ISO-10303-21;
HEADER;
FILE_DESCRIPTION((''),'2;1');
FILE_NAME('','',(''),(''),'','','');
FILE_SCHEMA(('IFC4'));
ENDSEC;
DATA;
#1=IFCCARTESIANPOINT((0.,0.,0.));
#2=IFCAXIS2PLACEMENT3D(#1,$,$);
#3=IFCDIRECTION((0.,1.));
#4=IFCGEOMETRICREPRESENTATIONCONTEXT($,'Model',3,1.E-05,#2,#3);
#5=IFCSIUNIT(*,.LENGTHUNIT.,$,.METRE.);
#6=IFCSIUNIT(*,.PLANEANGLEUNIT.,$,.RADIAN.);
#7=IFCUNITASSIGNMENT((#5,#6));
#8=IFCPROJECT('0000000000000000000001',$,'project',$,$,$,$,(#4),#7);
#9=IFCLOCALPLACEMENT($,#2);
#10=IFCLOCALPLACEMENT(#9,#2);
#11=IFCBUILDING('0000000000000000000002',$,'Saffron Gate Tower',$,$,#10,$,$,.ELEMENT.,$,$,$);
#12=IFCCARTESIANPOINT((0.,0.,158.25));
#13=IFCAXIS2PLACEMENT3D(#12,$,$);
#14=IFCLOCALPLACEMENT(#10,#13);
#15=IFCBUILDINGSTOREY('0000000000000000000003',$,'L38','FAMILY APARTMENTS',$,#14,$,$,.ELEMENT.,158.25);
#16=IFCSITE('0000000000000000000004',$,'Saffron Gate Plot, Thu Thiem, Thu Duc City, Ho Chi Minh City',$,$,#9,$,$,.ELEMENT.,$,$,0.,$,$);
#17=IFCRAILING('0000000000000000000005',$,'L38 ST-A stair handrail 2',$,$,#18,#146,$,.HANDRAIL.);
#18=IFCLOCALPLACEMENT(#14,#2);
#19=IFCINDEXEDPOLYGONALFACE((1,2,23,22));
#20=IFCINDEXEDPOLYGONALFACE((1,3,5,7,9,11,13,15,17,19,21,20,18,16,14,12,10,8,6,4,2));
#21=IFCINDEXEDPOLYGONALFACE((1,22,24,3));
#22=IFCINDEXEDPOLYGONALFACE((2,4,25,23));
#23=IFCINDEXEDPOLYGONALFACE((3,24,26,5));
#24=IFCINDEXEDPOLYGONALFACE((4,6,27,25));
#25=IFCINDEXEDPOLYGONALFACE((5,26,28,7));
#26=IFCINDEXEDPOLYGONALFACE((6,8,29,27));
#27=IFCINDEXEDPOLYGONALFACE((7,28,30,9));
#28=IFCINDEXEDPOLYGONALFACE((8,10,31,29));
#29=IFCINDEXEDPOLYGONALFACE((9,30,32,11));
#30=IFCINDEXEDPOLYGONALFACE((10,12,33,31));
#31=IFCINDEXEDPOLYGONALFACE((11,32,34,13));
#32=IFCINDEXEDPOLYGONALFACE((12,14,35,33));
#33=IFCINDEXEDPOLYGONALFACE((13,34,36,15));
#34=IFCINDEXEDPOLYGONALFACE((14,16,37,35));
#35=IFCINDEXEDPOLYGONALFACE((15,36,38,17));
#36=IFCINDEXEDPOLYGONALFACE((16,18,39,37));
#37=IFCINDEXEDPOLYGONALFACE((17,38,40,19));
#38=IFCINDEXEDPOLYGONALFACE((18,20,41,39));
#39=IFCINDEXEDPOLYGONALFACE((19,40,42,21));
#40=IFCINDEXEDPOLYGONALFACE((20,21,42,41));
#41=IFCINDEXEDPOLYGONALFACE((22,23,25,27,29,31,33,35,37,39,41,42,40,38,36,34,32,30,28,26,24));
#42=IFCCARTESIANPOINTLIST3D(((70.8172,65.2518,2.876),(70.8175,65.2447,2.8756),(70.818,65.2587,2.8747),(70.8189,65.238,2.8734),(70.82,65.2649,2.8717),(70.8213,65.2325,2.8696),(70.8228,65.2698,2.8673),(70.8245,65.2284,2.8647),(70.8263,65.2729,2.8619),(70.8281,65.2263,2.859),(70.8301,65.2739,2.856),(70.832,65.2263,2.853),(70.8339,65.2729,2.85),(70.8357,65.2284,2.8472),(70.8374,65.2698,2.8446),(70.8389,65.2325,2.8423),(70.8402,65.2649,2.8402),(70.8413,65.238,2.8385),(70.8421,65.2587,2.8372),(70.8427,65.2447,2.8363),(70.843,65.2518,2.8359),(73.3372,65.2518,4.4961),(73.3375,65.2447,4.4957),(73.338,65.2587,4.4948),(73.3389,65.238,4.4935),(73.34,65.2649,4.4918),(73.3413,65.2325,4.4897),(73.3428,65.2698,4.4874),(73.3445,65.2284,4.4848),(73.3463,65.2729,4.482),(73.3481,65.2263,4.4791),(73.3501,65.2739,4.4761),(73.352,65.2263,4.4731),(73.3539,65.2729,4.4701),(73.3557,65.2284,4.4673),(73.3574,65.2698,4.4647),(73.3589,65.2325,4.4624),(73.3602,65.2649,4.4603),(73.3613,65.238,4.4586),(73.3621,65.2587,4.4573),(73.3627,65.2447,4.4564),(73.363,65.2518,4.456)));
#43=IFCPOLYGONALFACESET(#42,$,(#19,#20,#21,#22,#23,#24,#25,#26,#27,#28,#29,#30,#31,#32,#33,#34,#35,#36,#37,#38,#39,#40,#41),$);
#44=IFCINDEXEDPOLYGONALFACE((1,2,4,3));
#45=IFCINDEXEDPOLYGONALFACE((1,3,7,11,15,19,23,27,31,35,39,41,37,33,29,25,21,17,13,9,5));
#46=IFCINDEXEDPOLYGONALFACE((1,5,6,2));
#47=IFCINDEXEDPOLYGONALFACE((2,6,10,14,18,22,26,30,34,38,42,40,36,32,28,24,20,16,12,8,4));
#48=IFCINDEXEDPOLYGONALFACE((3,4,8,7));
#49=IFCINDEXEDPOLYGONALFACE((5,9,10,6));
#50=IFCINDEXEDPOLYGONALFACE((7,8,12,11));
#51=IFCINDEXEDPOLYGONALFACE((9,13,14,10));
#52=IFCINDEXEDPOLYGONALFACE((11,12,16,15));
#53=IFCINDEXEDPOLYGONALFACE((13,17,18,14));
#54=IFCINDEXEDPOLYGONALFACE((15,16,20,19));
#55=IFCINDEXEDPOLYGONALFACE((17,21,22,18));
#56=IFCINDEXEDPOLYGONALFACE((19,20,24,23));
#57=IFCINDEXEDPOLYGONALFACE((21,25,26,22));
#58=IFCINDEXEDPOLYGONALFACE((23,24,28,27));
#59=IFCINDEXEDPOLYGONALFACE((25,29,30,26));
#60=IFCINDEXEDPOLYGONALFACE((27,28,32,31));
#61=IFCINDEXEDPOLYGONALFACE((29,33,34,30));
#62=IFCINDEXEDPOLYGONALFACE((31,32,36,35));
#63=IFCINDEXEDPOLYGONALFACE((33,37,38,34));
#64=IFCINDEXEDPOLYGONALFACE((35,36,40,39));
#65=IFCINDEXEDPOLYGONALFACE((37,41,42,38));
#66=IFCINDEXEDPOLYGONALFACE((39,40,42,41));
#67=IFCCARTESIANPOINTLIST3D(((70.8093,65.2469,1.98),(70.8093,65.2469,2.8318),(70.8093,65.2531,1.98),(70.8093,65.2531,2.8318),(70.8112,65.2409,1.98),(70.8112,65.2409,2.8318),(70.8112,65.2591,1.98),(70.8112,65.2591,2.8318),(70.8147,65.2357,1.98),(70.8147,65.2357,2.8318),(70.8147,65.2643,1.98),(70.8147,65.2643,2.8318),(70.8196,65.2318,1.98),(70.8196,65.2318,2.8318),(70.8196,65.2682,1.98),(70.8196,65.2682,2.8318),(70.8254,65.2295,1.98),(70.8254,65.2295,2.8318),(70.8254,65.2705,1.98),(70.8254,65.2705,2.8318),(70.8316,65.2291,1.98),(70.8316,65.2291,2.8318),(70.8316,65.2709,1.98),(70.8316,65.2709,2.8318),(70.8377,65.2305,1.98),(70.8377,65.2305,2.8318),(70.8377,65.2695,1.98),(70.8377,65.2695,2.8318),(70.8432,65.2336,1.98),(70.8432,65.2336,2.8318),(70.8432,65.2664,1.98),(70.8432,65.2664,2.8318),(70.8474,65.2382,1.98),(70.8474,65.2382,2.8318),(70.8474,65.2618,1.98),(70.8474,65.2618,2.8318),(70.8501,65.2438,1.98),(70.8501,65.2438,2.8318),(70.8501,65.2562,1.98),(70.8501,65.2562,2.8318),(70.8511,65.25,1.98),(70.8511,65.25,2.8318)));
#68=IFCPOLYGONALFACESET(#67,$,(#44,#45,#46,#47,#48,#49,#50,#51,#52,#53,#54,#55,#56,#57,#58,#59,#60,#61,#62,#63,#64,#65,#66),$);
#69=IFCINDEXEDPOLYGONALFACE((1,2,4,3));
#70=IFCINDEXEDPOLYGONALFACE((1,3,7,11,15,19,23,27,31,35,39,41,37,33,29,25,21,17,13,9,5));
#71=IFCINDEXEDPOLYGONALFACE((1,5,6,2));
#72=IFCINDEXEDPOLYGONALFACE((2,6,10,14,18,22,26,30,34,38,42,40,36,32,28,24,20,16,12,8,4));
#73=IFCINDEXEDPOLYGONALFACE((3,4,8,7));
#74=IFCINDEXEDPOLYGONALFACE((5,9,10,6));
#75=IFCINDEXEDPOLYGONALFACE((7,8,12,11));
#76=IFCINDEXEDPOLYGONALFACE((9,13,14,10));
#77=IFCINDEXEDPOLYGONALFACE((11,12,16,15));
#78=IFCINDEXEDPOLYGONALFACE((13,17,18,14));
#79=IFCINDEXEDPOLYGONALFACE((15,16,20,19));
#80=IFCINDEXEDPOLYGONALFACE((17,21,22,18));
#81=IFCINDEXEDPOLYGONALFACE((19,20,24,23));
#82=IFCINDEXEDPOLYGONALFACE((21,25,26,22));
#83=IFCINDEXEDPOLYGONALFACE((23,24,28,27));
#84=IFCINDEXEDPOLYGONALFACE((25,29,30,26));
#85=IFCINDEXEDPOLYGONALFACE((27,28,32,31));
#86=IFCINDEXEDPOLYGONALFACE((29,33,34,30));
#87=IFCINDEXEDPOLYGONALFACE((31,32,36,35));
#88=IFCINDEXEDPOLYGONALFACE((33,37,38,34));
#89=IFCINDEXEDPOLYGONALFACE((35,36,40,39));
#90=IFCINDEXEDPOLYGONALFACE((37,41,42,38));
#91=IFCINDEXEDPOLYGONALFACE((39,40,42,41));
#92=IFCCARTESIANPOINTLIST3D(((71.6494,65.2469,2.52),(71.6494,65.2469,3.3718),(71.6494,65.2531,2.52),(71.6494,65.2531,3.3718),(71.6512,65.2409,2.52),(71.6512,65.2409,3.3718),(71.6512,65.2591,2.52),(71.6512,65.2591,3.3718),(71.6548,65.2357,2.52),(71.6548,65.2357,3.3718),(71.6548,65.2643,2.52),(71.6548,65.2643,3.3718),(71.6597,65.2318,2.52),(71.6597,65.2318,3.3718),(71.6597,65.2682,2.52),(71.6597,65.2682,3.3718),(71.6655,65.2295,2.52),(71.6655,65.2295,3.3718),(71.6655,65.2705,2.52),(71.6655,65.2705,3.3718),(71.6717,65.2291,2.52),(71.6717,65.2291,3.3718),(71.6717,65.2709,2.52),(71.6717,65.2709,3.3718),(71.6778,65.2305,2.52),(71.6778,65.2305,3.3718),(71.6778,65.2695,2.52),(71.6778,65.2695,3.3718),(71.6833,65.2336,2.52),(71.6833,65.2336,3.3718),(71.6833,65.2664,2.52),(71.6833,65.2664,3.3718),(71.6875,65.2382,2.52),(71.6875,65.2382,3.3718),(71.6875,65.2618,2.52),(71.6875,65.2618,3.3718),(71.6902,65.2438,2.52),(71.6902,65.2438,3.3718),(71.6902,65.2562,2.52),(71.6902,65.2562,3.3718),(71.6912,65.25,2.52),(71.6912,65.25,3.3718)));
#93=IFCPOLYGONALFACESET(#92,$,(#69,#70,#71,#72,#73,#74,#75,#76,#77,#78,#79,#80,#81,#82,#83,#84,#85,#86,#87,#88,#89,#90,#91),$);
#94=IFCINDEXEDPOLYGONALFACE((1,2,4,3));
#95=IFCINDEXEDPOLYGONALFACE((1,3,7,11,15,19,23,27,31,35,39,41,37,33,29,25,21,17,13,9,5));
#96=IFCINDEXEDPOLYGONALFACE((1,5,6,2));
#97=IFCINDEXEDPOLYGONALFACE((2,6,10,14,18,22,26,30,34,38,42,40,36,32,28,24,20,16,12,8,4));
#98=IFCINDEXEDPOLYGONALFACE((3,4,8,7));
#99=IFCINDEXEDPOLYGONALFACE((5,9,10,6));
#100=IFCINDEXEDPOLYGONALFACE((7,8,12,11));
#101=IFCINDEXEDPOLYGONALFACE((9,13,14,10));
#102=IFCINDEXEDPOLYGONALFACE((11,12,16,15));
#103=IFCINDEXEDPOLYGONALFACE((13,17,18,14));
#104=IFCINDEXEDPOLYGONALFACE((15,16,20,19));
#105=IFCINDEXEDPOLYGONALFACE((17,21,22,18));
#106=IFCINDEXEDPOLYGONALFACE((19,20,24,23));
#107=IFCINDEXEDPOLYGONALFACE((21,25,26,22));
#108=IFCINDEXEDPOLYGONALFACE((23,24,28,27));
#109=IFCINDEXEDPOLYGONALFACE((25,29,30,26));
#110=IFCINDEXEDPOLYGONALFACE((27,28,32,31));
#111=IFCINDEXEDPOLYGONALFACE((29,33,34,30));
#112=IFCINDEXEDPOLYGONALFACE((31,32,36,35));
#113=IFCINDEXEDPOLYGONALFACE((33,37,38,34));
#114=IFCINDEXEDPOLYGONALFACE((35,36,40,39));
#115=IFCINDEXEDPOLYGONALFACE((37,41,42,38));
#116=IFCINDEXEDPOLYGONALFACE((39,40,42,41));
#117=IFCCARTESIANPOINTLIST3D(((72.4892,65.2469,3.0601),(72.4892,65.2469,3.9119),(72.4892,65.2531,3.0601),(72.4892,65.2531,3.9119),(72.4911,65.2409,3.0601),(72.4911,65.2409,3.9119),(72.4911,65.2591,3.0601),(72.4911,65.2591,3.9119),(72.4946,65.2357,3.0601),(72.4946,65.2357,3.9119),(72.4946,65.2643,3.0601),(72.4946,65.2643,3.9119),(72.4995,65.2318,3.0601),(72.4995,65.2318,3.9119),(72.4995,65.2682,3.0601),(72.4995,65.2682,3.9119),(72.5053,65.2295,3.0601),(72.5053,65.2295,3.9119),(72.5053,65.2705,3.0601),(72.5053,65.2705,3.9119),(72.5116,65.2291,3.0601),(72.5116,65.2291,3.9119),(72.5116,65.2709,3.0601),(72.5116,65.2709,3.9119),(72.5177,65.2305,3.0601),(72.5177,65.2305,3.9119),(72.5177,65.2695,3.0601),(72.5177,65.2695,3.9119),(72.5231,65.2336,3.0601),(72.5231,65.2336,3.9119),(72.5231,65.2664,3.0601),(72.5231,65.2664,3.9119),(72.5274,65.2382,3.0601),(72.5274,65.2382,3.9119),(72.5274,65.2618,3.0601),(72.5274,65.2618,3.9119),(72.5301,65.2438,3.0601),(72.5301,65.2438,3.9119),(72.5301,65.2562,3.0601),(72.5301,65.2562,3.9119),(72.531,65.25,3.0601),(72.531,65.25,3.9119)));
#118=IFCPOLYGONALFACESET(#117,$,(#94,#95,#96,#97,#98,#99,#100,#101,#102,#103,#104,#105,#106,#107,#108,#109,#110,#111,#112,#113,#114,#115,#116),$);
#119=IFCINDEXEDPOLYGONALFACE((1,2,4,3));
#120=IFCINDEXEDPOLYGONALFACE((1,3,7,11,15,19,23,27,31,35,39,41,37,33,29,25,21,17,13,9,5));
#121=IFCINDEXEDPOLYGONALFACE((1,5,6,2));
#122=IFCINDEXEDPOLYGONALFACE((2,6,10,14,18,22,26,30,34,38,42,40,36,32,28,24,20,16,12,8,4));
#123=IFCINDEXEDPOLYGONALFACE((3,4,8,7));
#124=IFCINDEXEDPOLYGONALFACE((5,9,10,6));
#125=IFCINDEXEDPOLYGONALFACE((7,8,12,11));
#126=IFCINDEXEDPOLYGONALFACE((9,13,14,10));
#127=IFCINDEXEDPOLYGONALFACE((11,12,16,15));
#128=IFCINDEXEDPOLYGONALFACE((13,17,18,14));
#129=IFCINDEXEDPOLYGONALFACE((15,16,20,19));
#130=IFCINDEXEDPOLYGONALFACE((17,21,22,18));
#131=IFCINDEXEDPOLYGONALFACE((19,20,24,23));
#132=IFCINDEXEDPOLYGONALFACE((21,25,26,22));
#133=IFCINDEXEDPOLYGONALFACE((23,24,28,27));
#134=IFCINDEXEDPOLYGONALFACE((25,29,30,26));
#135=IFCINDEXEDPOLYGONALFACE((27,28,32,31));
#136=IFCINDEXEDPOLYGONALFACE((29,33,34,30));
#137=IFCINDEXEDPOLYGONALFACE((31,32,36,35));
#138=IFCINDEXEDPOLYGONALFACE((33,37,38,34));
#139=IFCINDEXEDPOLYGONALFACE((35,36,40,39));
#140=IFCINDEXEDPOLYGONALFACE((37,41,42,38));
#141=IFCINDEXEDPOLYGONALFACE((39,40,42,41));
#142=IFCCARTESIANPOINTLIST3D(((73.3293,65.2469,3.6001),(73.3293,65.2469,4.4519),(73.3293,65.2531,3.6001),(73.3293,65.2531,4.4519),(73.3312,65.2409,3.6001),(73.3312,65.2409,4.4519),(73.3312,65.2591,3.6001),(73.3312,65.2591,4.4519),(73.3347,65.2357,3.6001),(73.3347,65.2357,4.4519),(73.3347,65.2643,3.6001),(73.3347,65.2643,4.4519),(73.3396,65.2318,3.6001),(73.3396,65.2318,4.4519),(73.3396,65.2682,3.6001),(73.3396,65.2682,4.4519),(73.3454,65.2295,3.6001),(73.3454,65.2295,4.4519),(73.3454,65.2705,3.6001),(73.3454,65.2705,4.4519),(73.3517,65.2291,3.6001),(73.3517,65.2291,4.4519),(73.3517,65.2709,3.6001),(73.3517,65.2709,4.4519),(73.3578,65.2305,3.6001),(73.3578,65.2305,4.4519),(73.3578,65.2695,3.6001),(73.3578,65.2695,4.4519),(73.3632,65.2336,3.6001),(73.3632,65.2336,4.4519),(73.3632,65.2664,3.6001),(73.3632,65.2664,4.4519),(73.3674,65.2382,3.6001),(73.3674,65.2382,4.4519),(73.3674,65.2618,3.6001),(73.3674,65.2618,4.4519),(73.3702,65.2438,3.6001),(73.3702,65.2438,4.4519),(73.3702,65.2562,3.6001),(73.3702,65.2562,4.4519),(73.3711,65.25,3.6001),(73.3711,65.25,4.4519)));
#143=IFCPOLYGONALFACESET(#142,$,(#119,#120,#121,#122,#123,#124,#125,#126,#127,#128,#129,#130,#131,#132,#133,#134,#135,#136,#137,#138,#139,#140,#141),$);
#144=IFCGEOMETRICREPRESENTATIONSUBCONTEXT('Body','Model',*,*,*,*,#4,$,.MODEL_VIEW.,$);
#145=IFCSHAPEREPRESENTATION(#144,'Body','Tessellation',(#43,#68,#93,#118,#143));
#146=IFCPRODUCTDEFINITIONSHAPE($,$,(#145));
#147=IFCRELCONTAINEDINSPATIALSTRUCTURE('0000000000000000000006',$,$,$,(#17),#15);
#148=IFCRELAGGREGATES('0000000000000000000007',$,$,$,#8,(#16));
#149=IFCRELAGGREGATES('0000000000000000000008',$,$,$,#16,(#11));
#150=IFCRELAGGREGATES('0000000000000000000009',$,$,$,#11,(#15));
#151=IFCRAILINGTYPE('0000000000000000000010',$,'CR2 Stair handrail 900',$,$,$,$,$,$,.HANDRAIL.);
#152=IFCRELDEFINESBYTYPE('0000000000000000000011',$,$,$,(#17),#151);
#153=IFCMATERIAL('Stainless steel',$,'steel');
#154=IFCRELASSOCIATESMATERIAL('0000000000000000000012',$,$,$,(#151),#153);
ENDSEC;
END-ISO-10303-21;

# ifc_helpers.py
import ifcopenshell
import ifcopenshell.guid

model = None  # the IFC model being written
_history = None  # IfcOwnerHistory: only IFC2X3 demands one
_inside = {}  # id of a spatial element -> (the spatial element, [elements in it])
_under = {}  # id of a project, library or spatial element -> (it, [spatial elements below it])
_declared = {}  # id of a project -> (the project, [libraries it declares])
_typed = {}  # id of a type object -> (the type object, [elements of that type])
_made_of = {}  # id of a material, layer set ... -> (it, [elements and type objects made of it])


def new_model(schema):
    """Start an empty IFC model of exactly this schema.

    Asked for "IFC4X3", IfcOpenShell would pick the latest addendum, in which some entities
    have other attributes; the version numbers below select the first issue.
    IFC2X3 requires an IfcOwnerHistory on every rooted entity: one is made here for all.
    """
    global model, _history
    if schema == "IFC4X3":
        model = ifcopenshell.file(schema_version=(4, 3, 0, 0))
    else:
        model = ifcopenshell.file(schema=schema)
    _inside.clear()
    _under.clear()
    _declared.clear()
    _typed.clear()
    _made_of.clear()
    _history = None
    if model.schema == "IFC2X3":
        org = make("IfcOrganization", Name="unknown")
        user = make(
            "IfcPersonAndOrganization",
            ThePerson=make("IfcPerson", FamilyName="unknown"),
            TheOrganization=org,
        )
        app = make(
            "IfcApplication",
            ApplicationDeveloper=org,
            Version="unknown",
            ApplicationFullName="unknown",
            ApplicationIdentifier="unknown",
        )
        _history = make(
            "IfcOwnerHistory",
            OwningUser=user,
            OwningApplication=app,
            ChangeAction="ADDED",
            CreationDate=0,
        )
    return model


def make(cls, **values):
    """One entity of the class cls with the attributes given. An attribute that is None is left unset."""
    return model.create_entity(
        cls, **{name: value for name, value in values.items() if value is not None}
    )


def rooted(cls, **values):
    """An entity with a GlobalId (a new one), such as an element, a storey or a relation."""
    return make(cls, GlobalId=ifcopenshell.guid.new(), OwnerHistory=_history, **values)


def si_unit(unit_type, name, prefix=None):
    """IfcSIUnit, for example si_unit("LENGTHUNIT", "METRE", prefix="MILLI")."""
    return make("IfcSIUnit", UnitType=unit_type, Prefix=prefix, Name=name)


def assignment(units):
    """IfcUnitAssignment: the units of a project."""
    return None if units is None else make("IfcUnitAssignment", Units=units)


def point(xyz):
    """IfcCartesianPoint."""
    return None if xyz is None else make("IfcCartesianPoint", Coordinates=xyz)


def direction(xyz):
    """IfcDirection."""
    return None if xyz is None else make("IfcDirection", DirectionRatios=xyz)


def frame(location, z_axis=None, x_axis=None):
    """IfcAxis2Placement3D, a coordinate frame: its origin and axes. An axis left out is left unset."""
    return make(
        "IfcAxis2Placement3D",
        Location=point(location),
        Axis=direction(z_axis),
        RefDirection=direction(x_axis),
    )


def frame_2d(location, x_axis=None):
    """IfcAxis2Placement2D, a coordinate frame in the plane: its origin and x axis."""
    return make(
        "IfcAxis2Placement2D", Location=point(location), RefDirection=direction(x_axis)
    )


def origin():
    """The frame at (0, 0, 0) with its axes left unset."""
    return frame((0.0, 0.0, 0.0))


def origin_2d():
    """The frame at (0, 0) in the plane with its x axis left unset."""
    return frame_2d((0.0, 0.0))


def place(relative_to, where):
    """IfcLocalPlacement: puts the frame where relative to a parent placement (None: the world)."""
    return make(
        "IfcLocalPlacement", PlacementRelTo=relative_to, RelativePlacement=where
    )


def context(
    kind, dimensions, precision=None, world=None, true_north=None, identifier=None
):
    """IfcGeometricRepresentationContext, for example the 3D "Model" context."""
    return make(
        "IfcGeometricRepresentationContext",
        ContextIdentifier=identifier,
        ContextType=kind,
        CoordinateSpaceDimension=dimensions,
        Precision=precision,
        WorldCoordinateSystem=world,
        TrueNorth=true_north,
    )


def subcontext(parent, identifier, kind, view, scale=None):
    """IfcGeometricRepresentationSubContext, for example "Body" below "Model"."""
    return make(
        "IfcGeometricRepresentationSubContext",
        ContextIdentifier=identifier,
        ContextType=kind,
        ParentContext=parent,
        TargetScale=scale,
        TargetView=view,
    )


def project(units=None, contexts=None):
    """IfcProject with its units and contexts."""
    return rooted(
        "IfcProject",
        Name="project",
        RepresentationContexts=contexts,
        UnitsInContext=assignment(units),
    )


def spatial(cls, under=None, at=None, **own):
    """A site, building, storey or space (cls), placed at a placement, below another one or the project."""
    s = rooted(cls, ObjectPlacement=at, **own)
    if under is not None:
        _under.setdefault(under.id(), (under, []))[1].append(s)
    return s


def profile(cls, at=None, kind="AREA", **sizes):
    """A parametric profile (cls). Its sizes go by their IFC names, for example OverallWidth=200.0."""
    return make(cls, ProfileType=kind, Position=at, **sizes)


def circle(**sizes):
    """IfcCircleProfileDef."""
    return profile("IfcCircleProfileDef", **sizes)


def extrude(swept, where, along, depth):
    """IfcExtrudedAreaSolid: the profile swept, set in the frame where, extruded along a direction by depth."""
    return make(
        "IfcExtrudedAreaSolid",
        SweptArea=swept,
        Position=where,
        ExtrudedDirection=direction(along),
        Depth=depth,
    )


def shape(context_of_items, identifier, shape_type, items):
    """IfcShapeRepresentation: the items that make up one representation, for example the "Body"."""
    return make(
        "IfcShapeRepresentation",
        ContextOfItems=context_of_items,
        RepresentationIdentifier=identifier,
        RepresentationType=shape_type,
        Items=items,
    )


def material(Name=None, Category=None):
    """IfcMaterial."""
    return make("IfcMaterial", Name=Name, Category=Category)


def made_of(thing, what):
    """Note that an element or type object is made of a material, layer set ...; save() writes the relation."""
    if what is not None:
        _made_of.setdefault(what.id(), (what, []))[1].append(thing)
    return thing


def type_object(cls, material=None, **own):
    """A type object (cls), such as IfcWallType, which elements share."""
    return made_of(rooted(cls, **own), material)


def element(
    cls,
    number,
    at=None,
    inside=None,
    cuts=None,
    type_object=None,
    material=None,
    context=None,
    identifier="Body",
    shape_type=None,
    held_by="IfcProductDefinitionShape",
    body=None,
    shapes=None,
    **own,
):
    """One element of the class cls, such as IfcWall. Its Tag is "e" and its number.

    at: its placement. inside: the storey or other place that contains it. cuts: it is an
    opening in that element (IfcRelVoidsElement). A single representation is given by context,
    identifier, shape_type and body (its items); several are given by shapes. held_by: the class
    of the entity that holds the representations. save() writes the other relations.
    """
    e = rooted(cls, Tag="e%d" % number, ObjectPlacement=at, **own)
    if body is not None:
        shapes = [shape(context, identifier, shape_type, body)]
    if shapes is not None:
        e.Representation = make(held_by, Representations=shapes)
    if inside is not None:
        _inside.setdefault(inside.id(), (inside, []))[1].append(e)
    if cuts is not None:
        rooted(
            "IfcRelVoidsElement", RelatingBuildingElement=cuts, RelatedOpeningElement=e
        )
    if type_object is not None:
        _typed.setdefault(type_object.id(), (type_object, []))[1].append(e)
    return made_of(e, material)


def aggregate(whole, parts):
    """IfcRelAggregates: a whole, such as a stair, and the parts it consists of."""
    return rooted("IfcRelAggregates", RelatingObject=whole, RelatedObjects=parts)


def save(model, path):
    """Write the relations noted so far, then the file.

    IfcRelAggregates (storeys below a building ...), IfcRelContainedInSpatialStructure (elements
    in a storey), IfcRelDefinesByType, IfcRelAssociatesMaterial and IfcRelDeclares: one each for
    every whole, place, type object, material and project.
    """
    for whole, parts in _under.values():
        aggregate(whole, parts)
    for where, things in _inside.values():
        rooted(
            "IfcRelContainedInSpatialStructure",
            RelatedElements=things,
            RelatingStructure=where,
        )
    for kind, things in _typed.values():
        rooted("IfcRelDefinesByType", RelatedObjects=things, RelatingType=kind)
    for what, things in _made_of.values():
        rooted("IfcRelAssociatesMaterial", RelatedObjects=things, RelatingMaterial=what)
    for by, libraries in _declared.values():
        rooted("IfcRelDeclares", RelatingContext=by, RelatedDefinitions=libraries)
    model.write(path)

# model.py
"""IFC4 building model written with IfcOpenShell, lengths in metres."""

from ifc_helpers import new_model, si_unit, direction, frame, origin, origin_2d, place, context, subcontext, project, spatial, circle, extrude, material, type_object, element, save


model = new_model("IFC4")

# Units and contexts
model_context = context("Model", 3, precision=1e-05, world=origin(), true_north=direction((0.0, 1.0)))
body_context = subcontext(model_context, "Body", "Model", "MODEL_VIEW")
ifc_project = project(units=[si_unit("LENGTHUNIT", "METRE"), si_unit("PLANEANGLEUNIT", "RADIAN")], contexts=[model_context])

# Site, building, storey
site_placement = place(None, origin())
site = spatial("IfcSite", under=ifc_project, at=site_placement, Name="Saffron Gate Plot, Thu Thiem, Thu Duc City, Ho Chi Minh City", CompositionType="ELEMENT", RefElevation=0.0)
building_placement = place(site_placement, origin())
building = spatial("IfcBuilding", under=site, at=building_placement, Name="Saffron Gate Tower", CompositionType="ELEMENT")
storey_placement = place(building_placement, frame((0.0, 0.0, 158.25)))
storey = spatial("IfcBuildingStorey", under=building, at=storey_placement, Name="L38", Description="FAMILY APARTMENTS", CompositionType="ELEMENT", Elevation=158.25)

# Railing
ifc_material_1 = material(Name="Stainless steel", Category="steel")
railing_type_1 = type_object("IfcRailingType", Name="CR2 Stair handrail 900", PredefinedType="HANDRAIL", material=ifc_material_1)
railing_1_placement = place(storey_placement, frame((70.8301, 65.25, 1.98)))
element("IfcRailing", 1, at=railing_1_placement, inside=storey, type_object=railing_type_1, Name="L38 ST-A stair handrail 2", PredefinedType="HANDRAIL", context=body_context, shape_type="SweptSolid", body=[
    extrude(circle(Radius=0.0239, at=origin_2d()), frame((0.0, 0.0, 0.876), z_axis=(0.841163, 0.0, 0.540782), x_axis=(0.0, 1.0, 0.0)), (0.0, 0.0, 1.0), 2.9958),
    extrude(circle(Radius=0.021, at=origin_2d()), origin(), (0.0, 0.0, 1.0), 0.8518),
    extrude(circle(Radius=0.021, at=origin_2d()), frame((0.8401, 0.0, 0.54)), (0.0, 0.0, 1.0), 0.8518),
    extrude(circle(Radius=0.021, at=origin_2d()), frame((1.6799, 0.0, 1.0801)), (0.0, 0.0, 1.0), 0.8518),
    extrude(circle(Radius=0.021, at=origin_2d()), frame((2.52, 0.0, 1.6201)), (0.0, 0.0, 1.0), 0.8518),
])

save(model, "model.ifc")
